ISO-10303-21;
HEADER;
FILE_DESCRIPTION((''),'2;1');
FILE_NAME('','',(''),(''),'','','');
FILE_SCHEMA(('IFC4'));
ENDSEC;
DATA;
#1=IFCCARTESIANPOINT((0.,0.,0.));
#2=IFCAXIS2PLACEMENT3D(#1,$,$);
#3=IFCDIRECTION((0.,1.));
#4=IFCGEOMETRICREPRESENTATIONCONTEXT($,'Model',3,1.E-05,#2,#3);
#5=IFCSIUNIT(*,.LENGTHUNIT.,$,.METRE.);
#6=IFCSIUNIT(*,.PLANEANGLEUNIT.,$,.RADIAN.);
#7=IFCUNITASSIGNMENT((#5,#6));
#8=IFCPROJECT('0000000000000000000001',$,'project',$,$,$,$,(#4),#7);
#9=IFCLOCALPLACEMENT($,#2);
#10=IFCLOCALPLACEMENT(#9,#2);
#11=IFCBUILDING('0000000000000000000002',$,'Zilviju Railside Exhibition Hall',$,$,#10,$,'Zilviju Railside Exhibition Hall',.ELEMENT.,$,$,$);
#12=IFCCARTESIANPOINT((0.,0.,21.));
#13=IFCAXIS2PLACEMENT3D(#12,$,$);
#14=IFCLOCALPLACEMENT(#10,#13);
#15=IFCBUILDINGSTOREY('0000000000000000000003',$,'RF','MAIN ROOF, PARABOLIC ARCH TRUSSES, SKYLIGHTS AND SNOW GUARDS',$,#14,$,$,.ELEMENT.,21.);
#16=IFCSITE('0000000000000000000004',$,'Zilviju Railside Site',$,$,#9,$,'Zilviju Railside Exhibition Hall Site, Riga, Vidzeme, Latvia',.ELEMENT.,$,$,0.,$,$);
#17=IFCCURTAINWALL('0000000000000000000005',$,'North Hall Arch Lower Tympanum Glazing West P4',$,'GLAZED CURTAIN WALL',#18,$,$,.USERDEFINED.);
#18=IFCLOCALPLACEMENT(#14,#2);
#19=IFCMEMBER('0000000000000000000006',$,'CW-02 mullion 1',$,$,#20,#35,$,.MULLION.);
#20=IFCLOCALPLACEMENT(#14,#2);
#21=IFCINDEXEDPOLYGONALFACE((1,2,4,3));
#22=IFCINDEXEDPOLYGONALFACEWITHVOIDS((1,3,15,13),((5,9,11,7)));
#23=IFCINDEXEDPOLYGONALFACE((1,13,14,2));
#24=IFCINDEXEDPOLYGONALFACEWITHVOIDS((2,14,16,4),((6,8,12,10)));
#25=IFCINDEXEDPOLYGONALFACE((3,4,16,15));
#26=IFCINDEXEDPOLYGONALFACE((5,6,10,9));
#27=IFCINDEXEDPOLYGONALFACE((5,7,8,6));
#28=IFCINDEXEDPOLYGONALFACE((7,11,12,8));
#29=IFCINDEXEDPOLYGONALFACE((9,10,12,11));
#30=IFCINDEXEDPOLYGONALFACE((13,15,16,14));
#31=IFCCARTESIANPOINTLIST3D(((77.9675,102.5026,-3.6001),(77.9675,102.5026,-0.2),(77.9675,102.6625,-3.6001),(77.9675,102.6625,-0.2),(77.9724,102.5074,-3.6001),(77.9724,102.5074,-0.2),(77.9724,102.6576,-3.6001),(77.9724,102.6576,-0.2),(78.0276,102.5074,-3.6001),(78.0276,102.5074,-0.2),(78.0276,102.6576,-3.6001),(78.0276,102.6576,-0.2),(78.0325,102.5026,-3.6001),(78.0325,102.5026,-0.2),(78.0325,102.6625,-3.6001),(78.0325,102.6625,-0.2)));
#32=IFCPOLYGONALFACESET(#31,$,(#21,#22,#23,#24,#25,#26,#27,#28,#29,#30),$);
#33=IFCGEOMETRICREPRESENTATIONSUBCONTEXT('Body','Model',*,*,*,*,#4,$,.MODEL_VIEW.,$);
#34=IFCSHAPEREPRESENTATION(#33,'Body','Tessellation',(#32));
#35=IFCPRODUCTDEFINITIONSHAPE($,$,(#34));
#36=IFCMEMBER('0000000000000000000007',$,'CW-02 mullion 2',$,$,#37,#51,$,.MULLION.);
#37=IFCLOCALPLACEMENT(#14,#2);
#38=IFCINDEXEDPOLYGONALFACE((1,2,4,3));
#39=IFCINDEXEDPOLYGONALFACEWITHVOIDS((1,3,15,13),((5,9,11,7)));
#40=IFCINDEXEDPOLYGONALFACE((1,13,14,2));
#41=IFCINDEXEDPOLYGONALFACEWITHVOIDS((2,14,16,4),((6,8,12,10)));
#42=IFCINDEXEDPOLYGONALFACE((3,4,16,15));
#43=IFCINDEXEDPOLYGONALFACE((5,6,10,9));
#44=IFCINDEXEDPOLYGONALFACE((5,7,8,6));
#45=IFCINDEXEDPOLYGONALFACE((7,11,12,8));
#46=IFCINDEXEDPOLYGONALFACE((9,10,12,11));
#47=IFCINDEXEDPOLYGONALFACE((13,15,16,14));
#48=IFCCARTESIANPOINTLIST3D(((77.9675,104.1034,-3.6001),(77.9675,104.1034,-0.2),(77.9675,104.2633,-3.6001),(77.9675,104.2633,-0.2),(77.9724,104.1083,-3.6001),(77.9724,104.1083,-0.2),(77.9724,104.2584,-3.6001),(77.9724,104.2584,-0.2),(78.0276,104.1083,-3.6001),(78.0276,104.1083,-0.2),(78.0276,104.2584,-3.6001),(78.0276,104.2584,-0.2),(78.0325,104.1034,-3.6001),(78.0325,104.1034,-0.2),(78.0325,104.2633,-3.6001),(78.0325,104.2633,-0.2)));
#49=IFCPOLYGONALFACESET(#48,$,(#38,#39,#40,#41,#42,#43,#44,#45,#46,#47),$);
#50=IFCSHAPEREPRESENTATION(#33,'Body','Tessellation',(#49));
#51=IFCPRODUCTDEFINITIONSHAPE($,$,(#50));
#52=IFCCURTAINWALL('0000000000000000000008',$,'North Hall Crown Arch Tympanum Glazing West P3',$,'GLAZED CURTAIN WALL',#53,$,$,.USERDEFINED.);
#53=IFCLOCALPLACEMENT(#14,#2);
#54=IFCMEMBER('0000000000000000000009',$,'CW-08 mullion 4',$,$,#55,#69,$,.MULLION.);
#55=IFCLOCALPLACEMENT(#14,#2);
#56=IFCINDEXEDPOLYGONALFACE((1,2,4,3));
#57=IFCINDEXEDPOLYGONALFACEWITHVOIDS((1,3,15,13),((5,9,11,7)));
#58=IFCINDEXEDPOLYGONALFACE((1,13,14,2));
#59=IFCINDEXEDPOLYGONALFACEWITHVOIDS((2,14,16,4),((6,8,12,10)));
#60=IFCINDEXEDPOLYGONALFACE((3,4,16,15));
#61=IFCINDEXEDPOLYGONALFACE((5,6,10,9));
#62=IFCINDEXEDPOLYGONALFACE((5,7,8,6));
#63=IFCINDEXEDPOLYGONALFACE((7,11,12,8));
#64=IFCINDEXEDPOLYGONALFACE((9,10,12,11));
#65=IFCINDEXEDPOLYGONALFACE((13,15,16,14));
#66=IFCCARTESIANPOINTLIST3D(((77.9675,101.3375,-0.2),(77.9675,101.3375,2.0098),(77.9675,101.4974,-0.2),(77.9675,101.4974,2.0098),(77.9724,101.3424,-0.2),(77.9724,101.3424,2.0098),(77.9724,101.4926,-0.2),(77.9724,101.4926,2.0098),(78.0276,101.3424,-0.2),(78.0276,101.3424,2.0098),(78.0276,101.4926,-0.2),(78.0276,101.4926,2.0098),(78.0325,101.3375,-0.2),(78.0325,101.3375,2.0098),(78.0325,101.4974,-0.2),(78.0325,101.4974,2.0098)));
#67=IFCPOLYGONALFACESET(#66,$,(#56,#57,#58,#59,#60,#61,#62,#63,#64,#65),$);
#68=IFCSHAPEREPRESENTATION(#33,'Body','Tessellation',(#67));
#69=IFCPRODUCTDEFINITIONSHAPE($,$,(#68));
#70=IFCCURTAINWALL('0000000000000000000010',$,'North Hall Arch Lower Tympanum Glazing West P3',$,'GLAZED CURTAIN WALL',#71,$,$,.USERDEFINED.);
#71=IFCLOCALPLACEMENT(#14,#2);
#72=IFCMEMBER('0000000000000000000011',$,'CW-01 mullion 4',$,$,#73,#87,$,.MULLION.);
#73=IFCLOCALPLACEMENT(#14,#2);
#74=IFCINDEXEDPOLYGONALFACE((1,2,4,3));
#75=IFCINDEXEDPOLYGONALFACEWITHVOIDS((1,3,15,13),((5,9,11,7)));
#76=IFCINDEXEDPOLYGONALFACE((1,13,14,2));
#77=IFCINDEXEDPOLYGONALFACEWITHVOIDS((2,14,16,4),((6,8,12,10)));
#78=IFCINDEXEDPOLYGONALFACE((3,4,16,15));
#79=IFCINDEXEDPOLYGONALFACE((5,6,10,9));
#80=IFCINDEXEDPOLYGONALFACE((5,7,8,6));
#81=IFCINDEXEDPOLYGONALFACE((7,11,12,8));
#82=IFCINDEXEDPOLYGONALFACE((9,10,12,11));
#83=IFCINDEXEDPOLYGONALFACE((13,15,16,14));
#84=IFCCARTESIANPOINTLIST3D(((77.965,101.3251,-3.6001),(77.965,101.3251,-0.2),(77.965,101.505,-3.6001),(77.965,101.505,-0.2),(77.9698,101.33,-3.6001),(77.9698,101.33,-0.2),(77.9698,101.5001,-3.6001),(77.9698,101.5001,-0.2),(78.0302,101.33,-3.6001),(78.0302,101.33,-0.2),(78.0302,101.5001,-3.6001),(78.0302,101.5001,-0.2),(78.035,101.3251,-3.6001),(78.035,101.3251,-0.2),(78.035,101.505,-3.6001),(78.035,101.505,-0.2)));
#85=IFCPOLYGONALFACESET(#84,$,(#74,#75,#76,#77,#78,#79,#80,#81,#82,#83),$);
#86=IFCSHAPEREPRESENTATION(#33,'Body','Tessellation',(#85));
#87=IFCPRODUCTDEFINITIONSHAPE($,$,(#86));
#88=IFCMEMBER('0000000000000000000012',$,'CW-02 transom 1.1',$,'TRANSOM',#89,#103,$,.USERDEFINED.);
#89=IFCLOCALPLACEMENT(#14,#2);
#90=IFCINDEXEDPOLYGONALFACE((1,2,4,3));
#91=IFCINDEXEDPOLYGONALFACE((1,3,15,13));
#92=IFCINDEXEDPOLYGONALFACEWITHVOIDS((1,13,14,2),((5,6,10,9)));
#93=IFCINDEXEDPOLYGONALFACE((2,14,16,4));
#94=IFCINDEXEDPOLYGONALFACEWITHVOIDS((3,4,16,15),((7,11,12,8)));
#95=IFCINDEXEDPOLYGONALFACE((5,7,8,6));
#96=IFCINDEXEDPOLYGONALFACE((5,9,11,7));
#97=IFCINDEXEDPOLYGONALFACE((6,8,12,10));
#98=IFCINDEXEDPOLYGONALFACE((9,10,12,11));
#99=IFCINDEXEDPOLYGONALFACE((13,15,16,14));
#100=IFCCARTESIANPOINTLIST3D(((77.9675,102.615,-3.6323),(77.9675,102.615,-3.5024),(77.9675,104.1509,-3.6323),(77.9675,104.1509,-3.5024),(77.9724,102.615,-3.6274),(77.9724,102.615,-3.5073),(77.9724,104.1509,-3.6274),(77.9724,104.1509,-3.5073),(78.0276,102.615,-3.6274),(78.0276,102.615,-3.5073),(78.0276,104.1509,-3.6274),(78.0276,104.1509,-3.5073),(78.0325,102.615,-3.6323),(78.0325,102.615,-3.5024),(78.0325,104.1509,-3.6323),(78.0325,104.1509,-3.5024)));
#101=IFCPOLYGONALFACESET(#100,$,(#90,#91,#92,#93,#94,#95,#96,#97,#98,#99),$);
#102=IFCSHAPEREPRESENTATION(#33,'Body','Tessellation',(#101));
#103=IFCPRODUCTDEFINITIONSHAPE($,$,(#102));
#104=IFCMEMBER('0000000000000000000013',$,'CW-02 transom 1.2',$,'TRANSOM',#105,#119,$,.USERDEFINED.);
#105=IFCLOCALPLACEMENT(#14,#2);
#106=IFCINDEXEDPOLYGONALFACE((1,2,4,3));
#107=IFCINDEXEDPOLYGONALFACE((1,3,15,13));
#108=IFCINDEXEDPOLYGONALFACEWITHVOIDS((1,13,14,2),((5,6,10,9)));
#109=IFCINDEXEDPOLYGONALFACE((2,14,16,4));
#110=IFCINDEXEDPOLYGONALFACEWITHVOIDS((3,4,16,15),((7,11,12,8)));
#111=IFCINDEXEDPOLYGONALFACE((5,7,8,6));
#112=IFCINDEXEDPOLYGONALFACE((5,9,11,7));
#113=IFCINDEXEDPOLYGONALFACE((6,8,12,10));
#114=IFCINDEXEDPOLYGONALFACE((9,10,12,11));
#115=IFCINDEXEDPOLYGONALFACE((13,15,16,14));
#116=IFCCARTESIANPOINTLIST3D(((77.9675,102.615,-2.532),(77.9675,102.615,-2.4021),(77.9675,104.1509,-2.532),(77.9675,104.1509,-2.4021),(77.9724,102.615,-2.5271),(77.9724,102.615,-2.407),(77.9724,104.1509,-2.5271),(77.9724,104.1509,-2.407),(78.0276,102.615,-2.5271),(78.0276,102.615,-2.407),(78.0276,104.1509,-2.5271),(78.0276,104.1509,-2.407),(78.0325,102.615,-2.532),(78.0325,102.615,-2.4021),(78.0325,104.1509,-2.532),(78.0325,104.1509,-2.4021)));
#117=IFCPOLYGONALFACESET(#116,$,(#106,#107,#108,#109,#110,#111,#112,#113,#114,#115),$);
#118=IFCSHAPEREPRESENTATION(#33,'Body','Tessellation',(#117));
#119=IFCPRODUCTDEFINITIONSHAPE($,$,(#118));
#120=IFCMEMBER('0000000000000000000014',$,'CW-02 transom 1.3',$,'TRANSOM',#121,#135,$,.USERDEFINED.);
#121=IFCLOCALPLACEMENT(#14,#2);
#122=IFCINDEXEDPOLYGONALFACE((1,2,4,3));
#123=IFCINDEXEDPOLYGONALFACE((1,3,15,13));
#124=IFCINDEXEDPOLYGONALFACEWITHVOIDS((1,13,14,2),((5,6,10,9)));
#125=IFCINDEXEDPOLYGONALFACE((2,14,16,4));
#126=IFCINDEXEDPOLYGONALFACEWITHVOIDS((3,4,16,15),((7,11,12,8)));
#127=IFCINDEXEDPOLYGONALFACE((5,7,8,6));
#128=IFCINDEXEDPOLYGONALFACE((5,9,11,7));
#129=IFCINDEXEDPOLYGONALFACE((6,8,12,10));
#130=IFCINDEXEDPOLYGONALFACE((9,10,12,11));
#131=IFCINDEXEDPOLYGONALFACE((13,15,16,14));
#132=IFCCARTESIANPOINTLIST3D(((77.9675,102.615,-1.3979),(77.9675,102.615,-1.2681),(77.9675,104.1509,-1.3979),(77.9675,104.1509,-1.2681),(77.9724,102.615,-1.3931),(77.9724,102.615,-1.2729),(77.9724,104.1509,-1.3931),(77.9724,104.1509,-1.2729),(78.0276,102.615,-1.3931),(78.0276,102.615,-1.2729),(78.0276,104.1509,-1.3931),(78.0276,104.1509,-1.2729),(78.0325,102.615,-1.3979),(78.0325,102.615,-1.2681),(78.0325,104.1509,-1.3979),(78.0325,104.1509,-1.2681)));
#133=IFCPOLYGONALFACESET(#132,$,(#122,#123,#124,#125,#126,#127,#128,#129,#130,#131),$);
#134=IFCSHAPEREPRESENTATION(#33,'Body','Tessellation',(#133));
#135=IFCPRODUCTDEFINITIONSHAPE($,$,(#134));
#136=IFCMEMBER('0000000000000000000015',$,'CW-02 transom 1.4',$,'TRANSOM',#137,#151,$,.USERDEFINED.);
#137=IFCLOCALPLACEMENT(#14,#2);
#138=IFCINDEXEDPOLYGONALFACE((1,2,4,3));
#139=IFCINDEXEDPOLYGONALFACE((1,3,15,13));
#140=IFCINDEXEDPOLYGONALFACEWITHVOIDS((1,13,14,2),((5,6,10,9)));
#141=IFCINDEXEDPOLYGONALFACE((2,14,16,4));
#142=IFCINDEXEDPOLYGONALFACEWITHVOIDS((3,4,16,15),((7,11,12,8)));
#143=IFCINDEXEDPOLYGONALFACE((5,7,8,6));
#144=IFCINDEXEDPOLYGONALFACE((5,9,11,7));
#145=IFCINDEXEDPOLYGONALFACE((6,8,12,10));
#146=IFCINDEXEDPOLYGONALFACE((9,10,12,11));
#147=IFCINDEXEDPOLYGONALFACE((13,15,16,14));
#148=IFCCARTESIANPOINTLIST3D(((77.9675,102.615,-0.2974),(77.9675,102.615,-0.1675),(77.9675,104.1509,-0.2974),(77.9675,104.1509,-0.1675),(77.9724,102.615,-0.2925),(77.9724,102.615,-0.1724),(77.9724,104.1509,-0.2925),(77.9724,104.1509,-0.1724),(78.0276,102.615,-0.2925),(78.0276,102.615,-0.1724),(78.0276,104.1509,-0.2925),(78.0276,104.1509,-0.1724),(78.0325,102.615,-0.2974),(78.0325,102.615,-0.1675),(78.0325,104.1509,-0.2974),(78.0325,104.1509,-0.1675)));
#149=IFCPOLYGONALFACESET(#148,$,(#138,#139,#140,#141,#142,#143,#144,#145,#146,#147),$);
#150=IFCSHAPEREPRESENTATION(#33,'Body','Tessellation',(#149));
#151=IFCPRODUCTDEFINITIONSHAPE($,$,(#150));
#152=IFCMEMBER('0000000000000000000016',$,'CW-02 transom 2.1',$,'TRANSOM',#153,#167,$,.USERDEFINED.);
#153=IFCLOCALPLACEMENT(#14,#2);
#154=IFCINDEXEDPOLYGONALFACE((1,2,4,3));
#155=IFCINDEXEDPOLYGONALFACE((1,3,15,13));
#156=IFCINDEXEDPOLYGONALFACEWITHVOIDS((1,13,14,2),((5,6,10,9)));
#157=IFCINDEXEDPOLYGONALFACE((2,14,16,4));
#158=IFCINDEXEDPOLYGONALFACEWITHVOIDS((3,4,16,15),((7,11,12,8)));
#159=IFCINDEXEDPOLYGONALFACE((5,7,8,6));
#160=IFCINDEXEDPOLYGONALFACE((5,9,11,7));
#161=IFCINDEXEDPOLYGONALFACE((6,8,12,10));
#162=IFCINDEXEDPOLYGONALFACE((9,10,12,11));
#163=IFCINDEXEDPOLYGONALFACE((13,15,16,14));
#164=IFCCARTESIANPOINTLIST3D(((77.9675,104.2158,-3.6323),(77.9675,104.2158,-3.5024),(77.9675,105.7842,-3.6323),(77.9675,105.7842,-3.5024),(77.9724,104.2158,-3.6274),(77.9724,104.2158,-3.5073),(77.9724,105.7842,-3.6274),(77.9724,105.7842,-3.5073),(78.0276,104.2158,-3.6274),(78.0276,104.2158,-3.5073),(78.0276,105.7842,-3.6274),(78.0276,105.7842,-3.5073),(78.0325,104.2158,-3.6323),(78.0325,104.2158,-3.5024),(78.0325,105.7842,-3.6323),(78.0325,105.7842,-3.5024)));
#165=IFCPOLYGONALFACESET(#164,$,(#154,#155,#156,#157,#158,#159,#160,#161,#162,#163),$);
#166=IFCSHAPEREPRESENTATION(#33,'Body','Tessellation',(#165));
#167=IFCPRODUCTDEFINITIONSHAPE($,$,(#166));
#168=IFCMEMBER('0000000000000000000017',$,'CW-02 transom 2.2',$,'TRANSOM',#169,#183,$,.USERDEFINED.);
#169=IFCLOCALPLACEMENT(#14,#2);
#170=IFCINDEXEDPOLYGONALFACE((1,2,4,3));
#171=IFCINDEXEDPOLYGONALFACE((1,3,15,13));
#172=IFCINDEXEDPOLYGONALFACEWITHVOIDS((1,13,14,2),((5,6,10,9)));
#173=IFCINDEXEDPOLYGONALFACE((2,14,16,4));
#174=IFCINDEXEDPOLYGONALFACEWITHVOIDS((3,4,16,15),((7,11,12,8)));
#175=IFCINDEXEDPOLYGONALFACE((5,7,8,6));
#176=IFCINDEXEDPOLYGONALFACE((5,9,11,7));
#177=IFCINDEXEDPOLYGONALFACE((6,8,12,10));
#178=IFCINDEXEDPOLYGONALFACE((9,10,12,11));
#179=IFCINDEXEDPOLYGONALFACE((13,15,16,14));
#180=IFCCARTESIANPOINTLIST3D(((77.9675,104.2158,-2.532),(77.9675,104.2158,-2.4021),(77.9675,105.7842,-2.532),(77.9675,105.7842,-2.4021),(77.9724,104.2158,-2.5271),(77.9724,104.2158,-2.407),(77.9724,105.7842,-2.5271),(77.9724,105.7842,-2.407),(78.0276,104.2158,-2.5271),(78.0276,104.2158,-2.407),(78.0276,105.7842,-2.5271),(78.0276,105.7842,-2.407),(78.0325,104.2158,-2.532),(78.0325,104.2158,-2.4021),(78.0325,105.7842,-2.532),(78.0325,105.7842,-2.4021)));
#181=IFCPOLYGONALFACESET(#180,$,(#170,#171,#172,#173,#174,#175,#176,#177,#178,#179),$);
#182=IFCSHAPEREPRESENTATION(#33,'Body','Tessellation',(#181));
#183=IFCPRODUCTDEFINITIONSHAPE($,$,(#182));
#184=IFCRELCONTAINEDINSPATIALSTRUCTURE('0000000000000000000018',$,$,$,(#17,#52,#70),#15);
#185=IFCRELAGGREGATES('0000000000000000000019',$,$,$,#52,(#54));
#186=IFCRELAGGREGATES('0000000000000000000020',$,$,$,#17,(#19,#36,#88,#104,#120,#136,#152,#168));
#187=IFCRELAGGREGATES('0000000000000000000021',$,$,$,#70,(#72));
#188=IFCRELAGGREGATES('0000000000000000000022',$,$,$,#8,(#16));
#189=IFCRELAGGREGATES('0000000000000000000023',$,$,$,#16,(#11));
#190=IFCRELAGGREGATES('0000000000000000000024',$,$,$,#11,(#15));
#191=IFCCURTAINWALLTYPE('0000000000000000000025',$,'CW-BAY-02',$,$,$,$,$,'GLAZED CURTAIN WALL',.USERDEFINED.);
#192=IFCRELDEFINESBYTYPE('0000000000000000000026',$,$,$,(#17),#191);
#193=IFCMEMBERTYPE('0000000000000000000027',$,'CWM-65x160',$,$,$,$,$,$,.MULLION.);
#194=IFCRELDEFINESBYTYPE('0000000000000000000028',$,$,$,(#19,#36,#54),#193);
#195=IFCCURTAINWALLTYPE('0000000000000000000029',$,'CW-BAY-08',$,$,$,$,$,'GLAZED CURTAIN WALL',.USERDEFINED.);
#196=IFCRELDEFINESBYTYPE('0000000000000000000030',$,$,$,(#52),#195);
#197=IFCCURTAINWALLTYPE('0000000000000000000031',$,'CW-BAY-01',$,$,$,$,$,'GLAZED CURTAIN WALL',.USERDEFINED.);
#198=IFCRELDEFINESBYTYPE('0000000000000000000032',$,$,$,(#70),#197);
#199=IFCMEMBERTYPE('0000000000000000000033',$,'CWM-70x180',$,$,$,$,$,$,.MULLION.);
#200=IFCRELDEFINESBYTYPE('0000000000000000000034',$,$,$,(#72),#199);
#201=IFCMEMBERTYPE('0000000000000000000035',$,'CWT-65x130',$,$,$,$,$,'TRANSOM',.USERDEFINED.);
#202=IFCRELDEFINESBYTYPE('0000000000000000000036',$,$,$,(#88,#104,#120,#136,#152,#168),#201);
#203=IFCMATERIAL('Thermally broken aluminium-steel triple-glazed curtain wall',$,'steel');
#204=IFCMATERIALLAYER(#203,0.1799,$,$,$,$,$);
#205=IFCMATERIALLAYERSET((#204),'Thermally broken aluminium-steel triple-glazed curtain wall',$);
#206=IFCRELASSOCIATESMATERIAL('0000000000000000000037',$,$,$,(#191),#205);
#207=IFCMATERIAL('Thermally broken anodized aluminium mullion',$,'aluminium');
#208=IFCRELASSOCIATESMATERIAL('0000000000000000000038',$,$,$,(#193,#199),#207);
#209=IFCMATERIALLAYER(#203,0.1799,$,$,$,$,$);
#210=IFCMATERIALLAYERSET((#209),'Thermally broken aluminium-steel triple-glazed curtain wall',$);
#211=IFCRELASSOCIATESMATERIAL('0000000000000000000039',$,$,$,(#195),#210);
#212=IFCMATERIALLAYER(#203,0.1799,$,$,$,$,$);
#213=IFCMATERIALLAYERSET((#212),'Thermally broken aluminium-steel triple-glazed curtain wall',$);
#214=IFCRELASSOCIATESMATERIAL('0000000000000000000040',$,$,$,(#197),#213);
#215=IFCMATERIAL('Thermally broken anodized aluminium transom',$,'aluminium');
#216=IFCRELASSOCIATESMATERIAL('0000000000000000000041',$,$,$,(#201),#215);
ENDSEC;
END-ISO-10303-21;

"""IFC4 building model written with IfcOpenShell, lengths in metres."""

from ifc_helpers import new_model, si_unit, direction, frame, origin, origin_2d, place, context, subcontext, project, spatial, hollow_rectangle, extrude, material, layer, layer_set, material_profile, profile_set, type_object, element, aggregate, save


model = new_model("IFC4")

# Units and contexts
model_context = context("Model", 3, precision=1e-05, world=origin(), true_north=direction((0.0, 1.0)))
body_context = subcontext(model_context, "Body", "Model", "MODEL_VIEW")
ifc_project = project(units=[si_unit("LENGTHUNIT", "METRE"), si_unit("PLANEANGLEUNIT", "RADIAN")], contexts=[model_context])

# Site, building, storey
site_placement = place(None, origin())
site = spatial("IfcSite", under=ifc_project, at=site_placement, Name="Zilviju Railside Site", LongName="Zilviju Railside Exhibition Hall Site, Riga, Vidzeme, Latvia", CompositionType="ELEMENT", RefElevation=0.0)
building_placement = place(site_placement, origin())
building = spatial("IfcBuilding", under=site, at=building_placement, Name="Zilviju Railside Exhibition Hall", LongName="Zilviju Railside Exhibition Hall", CompositionType="ELEMENT")
storey_placement = place(building_placement, frame((0.0, 0.0, 21.0)))
storey = spatial("IfcBuildingStorey", under=building, at=storey_placement, Name="RF", Description="MAIN ROOF, PARABOLIC ARCH TRUSSES, SKYLIGHTS AND SNOW GUARDS", CompositionType="ELEMENT", Elevation=21.0)

# Curtain wall, members
ifc_material_1 = material(Name="Thermally broken aluminium-steel triple-glazed curtain wall", Category="steel")
ifc_layer_1 = layer(ifc_material_1, 0.1799)
ifc_layer_set_1 = layer_set([ifc_layer_1], Name="Thermally broken aluminium-steel triple-glazed curtain wall")
curtain_wall_type_1 = type_object("IfcCurtainWallType", Name="CW-BAY-02", ElementType="GLAZED CURTAIN WALL", PredefinedType="USERDEFINED", material=ifc_layer_set_1)
curtain_wall_1_placement = place(storey_placement, origin())
curtain_wall_1 = element("IfcCurtainWall", 1, at=curtain_wall_1_placement, inside=storey, type_object=curtain_wall_type_1, Name="North Hall Arch Lower Tympanum Glazing West P4", ObjectType="GLAZED CURTAIN WALL", PredefinedType="USERDEFINED")
ifc_material_2 = material(Name="Thermally broken anodized aluminium mullion", Category="aluminium")
ifc_material_profile_1 = material_profile(ifc_material_2, hollow_rectangle(XDim=0.0649, YDim=0.1599, WallThickness=0.0049, at=origin_2d()), Name="MULLION 160x65x5")
ifc_profile_set_1 = profile_set([ifc_material_profile_1], Name="Thermally broken anodized aluminium mullion")
member_type_1 = type_object("IfcMemberType", Name="CWM-65x160", PredefinedType="MULLION", material=ifc_profile_set_1)
member_1_placement = place(storey_placement, frame((78.0, 102.5825, -3.6001), z_axis=(0.0, 0.0, 1.0), x_axis=(-1.0, 0.0, 0.0)))
member_1 = element("IfcMember", 2, at=member_1_placement, type_object=member_type_1, Name="CW-02 mullion 1", PredefinedType="MULLION", context=body_context, shape_type="SweptSolid", body=[
    extrude(hollow_rectangle(XDim=0.0649, YDim=0.1599, WallThickness=0.0049, at=origin_2d()), origin(), (0.0, 0.0, 1.0), 3.4001),
])
member_2_placement = place(storey_placement, frame((78.0, 104.1833, -3.6001), z_axis=(0.0, 0.0, 1.0), x_axis=(-1.0, 0.0, 0.0)))
member_2 = element("IfcMember", 3, at=member_2_placement, type_object=member_type_1, Name="CW-02 mullion 2", PredefinedType="MULLION", context=body_context, shape_type="SweptSolid", body=[
    extrude(hollow_rectangle(XDim=0.0649, YDim=0.1599, WallThickness=0.0049, at=origin_2d()), origin(), (0.0, 0.0, 1.0), 3.4001),
])

# Curtain walls, members
ifc_layer_2 = layer(ifc_material_1, 0.1799)
ifc_layer_set_2 = layer_set([ifc_layer_2], Name="Thermally broken aluminium-steel triple-glazed curtain wall")
curtain_wall_type_2 = type_object("IfcCurtainWallType", Name="CW-BAY-08", ElementType="GLAZED CURTAIN WALL", PredefinedType="USERDEFINED", material=ifc_layer_set_2)
curtain_wall_2_placement = place(storey_placement, origin())
curtain_wall_2 = element("IfcCurtainWall", 4, at=curtain_wall_2_placement, inside=storey, type_object=curtain_wall_type_2, Name="North Hall Crown Arch Tympanum Glazing West P3", ObjectType="GLAZED CURTAIN WALL", PredefinedType="USERDEFINED")
member_3_placement = place(storey_placement, frame((78.0, 101.4175, -0.2), z_axis=(0.0, 0.0, 1.0), x_axis=(-1.0, 0.0, 0.0)))
member_3 = element("IfcMember", 5, at=member_3_placement, type_object=member_type_1, Name="CW-08 mullion 4", PredefinedType="MULLION", context=body_context, shape_type="SweptSolid", body=[
    extrude(hollow_rectangle(XDim=0.0649, YDim=0.1599, WallThickness=0.0049, at=origin_2d()), origin(), (0.0, 0.0, 1.0), 2.2097),
])
aggregate(curtain_wall_2, [member_3])
ifc_layer_3 = layer(ifc_material_1, 0.1799)
ifc_layer_set_3 = layer_set([ifc_layer_3], Name="Thermally broken aluminium-steel triple-glazed curtain wall")
curtain_wall_type_3 = type_object("IfcCurtainWallType", Name="CW-BAY-01", ElementType="GLAZED CURTAIN WALL", PredefinedType="USERDEFINED", material=ifc_layer_set_3)
curtain_wall_3_placement = place(storey_placement, origin())
curtain_wall_3 = element("IfcCurtainWall", 6, at=curtain_wall_3_placement, inside=storey, type_object=curtain_wall_type_3, Name="North Hall Arch Lower Tympanum Glazing West P3", ObjectType="GLAZED CURTAIN WALL", PredefinedType="USERDEFINED")
ifc_material_profile_2 = material_profile(ifc_material_2, hollow_rectangle(XDim=0.0701, YDim=0.1799, WallThickness=0.0049, at=origin_2d()), Name="MULLION 180x70x5")
ifc_profile_set_2 = profile_set([ifc_material_profile_2], Name="Thermally broken anodized aluminium mullion")
member_type_2 = type_object("IfcMemberType", Name="CWM-70x180", PredefinedType="MULLION", material=ifc_profile_set_2)
member_4_placement = place(storey_placement, frame((78.0, 101.415, -3.6001), z_axis=(0.0, 0.0, 1.0), x_axis=(-1.0, 0.0, 0.0)))
member_4 = element("IfcMember", 7, at=member_4_placement, type_object=member_type_2, Name="CW-01 mullion 4", PredefinedType="MULLION", context=body_context, shape_type="SweptSolid", body=[
    extrude(hollow_rectangle(XDim=0.0701, YDim=0.1799, WallThickness=0.0049, at=origin_2d()), origin(), (0.0, 0.0, 1.0), 3.4001),
])

# Members
ifc_material_3 = material(Name="Thermally broken anodized aluminium transom", Category="aluminium")
ifc_material_profile_3 = material_profile(ifc_material_3, hollow_rectangle(XDim=0.0649, YDim=0.1299, WallThickness=0.0049, at=origin_2d()), Name="TRANSOM 130x65x5")
ifc_profile_set_3 = profile_set([ifc_material_profile_3], Name="Thermally broken anodized aluminium transom")
member_type_3 = type_object("IfcMemberType", Name="CWT-65x130", ElementType="TRANSOM", PredefinedType="USERDEFINED", material=ifc_profile_set_3)
member_5_placement = place(storey_placement, frame((78.0, 102.615, -3.5674), z_axis=(0.0, 1.0, 0.0), x_axis=(-1.0, 0.0, 0.0)))
member_5 = element("IfcMember", 8, at=member_5_placement, type_object=member_type_3, Name="CW-02 transom 1.1", ObjectType="TRANSOM", PredefinedType="USERDEFINED", context=body_context, shape_type="SweptSolid", body=[
    extrude(hollow_rectangle(XDim=0.0649, YDim=0.1299, WallThickness=0.0049, at=origin_2d()), origin(), (0.0, 0.0, 1.0), 1.5359),
])
member_6_placement = place(storey_placement, frame((78.0, 102.615, -2.467), z_axis=(0.0, 1.0, 0.0), x_axis=(-1.0, 0.0, 0.0)))
member_6 = element("IfcMember", 9, at=member_6_placement, type_object=member_type_3, Name="CW-02 transom 1.2", ObjectType="TRANSOM", PredefinedType="USERDEFINED", context=body_context, shape_type="SweptSolid", body=[
    extrude(hollow_rectangle(XDim=0.0649, YDim=0.1299, WallThickness=0.0049, at=origin_2d()), origin(), (0.0, 0.0, 1.0), 1.5359),
])
member_7_placement = place(storey_placement, frame((78.0, 102.615, -1.333), z_axis=(0.0, 1.0, 0.0), x_axis=(-1.0, 0.0, 0.0)))
member_7 = element("IfcMember", 10, at=member_7_placement, type_object=member_type_3, Name="CW-02 transom 1.3", ObjectType="TRANSOM", PredefinedType="USERDEFINED", context=body_context, shape_type="SweptSolid", body=[
    extrude(hollow_rectangle(XDim=0.0649, YDim=0.1299, WallThickness=0.0049, at=origin_2d()), origin(), (0.0, 0.0, 1.0), 1.5359),
])
member_8_placement = place(storey_placement, frame((78.0, 102.615, -0.2324), z_axis=(0.0, 1.0, 0.0), x_axis=(-1.0, 0.0, 0.0)))
member_8 = element("IfcMember", 11, at=member_8_placement, type_object=member_type_3, Name="CW-02 transom 1.4", ObjectType="TRANSOM", PredefinedType="USERDEFINED", context=body_context, shape_type="SweptSolid", body=[
    extrude(hollow_rectangle(XDim=0.0649, YDim=0.1299, WallThickness=0.0049, at=origin_2d()), origin(), (0.0, 0.0, 1.0), 1.5359),
])
member_9_placement = place(storey_placement, frame((78.0, 104.2158, -3.5674), z_axis=(0.0, 1.0, 0.0), x_axis=(-1.0, 0.0, 0.0)))
member_9 = element("IfcMember", 12, at=member_9_placement, type_object=member_type_3, Name="CW-02 transom 2.1", ObjectType="TRANSOM", PredefinedType="USERDEFINED", context=body_context, shape_type="SweptSolid", body=[
    extrude(hollow_rectangle(XDim=0.0649, YDim=0.1299, WallThickness=0.0049, at=origin_2d()), origin(), (0.0, 0.0, 1.0), 1.5684),
])
member_10_placement = place(storey_placement, frame((78.0, 104.2158, -2.467), z_axis=(0.0, 1.0, 0.0), x_axis=(-1.0, 0.0, 0.0)))
member_10 = element("IfcMember", 13, at=member_10_placement, type_object=member_type_3, Name="CW-02 transom 2.2", ObjectType="TRANSOM", PredefinedType="USERDEFINED", context=body_context, shape_type="SweptSolid", body=[
    extrude(hollow_rectangle(XDim=0.0649, YDim=0.1299, WallThickness=0.0049, at=origin_2d()), origin(), (0.0, 0.0, 1.0), 1.5684),
])

aggregate(curtain_wall_1, [member_1, member_2, member_5, member_6, member_7, member_8, member_9, member_10])
aggregate(curtain_wall_3, [member_4])

save(model, "model.ifc")
